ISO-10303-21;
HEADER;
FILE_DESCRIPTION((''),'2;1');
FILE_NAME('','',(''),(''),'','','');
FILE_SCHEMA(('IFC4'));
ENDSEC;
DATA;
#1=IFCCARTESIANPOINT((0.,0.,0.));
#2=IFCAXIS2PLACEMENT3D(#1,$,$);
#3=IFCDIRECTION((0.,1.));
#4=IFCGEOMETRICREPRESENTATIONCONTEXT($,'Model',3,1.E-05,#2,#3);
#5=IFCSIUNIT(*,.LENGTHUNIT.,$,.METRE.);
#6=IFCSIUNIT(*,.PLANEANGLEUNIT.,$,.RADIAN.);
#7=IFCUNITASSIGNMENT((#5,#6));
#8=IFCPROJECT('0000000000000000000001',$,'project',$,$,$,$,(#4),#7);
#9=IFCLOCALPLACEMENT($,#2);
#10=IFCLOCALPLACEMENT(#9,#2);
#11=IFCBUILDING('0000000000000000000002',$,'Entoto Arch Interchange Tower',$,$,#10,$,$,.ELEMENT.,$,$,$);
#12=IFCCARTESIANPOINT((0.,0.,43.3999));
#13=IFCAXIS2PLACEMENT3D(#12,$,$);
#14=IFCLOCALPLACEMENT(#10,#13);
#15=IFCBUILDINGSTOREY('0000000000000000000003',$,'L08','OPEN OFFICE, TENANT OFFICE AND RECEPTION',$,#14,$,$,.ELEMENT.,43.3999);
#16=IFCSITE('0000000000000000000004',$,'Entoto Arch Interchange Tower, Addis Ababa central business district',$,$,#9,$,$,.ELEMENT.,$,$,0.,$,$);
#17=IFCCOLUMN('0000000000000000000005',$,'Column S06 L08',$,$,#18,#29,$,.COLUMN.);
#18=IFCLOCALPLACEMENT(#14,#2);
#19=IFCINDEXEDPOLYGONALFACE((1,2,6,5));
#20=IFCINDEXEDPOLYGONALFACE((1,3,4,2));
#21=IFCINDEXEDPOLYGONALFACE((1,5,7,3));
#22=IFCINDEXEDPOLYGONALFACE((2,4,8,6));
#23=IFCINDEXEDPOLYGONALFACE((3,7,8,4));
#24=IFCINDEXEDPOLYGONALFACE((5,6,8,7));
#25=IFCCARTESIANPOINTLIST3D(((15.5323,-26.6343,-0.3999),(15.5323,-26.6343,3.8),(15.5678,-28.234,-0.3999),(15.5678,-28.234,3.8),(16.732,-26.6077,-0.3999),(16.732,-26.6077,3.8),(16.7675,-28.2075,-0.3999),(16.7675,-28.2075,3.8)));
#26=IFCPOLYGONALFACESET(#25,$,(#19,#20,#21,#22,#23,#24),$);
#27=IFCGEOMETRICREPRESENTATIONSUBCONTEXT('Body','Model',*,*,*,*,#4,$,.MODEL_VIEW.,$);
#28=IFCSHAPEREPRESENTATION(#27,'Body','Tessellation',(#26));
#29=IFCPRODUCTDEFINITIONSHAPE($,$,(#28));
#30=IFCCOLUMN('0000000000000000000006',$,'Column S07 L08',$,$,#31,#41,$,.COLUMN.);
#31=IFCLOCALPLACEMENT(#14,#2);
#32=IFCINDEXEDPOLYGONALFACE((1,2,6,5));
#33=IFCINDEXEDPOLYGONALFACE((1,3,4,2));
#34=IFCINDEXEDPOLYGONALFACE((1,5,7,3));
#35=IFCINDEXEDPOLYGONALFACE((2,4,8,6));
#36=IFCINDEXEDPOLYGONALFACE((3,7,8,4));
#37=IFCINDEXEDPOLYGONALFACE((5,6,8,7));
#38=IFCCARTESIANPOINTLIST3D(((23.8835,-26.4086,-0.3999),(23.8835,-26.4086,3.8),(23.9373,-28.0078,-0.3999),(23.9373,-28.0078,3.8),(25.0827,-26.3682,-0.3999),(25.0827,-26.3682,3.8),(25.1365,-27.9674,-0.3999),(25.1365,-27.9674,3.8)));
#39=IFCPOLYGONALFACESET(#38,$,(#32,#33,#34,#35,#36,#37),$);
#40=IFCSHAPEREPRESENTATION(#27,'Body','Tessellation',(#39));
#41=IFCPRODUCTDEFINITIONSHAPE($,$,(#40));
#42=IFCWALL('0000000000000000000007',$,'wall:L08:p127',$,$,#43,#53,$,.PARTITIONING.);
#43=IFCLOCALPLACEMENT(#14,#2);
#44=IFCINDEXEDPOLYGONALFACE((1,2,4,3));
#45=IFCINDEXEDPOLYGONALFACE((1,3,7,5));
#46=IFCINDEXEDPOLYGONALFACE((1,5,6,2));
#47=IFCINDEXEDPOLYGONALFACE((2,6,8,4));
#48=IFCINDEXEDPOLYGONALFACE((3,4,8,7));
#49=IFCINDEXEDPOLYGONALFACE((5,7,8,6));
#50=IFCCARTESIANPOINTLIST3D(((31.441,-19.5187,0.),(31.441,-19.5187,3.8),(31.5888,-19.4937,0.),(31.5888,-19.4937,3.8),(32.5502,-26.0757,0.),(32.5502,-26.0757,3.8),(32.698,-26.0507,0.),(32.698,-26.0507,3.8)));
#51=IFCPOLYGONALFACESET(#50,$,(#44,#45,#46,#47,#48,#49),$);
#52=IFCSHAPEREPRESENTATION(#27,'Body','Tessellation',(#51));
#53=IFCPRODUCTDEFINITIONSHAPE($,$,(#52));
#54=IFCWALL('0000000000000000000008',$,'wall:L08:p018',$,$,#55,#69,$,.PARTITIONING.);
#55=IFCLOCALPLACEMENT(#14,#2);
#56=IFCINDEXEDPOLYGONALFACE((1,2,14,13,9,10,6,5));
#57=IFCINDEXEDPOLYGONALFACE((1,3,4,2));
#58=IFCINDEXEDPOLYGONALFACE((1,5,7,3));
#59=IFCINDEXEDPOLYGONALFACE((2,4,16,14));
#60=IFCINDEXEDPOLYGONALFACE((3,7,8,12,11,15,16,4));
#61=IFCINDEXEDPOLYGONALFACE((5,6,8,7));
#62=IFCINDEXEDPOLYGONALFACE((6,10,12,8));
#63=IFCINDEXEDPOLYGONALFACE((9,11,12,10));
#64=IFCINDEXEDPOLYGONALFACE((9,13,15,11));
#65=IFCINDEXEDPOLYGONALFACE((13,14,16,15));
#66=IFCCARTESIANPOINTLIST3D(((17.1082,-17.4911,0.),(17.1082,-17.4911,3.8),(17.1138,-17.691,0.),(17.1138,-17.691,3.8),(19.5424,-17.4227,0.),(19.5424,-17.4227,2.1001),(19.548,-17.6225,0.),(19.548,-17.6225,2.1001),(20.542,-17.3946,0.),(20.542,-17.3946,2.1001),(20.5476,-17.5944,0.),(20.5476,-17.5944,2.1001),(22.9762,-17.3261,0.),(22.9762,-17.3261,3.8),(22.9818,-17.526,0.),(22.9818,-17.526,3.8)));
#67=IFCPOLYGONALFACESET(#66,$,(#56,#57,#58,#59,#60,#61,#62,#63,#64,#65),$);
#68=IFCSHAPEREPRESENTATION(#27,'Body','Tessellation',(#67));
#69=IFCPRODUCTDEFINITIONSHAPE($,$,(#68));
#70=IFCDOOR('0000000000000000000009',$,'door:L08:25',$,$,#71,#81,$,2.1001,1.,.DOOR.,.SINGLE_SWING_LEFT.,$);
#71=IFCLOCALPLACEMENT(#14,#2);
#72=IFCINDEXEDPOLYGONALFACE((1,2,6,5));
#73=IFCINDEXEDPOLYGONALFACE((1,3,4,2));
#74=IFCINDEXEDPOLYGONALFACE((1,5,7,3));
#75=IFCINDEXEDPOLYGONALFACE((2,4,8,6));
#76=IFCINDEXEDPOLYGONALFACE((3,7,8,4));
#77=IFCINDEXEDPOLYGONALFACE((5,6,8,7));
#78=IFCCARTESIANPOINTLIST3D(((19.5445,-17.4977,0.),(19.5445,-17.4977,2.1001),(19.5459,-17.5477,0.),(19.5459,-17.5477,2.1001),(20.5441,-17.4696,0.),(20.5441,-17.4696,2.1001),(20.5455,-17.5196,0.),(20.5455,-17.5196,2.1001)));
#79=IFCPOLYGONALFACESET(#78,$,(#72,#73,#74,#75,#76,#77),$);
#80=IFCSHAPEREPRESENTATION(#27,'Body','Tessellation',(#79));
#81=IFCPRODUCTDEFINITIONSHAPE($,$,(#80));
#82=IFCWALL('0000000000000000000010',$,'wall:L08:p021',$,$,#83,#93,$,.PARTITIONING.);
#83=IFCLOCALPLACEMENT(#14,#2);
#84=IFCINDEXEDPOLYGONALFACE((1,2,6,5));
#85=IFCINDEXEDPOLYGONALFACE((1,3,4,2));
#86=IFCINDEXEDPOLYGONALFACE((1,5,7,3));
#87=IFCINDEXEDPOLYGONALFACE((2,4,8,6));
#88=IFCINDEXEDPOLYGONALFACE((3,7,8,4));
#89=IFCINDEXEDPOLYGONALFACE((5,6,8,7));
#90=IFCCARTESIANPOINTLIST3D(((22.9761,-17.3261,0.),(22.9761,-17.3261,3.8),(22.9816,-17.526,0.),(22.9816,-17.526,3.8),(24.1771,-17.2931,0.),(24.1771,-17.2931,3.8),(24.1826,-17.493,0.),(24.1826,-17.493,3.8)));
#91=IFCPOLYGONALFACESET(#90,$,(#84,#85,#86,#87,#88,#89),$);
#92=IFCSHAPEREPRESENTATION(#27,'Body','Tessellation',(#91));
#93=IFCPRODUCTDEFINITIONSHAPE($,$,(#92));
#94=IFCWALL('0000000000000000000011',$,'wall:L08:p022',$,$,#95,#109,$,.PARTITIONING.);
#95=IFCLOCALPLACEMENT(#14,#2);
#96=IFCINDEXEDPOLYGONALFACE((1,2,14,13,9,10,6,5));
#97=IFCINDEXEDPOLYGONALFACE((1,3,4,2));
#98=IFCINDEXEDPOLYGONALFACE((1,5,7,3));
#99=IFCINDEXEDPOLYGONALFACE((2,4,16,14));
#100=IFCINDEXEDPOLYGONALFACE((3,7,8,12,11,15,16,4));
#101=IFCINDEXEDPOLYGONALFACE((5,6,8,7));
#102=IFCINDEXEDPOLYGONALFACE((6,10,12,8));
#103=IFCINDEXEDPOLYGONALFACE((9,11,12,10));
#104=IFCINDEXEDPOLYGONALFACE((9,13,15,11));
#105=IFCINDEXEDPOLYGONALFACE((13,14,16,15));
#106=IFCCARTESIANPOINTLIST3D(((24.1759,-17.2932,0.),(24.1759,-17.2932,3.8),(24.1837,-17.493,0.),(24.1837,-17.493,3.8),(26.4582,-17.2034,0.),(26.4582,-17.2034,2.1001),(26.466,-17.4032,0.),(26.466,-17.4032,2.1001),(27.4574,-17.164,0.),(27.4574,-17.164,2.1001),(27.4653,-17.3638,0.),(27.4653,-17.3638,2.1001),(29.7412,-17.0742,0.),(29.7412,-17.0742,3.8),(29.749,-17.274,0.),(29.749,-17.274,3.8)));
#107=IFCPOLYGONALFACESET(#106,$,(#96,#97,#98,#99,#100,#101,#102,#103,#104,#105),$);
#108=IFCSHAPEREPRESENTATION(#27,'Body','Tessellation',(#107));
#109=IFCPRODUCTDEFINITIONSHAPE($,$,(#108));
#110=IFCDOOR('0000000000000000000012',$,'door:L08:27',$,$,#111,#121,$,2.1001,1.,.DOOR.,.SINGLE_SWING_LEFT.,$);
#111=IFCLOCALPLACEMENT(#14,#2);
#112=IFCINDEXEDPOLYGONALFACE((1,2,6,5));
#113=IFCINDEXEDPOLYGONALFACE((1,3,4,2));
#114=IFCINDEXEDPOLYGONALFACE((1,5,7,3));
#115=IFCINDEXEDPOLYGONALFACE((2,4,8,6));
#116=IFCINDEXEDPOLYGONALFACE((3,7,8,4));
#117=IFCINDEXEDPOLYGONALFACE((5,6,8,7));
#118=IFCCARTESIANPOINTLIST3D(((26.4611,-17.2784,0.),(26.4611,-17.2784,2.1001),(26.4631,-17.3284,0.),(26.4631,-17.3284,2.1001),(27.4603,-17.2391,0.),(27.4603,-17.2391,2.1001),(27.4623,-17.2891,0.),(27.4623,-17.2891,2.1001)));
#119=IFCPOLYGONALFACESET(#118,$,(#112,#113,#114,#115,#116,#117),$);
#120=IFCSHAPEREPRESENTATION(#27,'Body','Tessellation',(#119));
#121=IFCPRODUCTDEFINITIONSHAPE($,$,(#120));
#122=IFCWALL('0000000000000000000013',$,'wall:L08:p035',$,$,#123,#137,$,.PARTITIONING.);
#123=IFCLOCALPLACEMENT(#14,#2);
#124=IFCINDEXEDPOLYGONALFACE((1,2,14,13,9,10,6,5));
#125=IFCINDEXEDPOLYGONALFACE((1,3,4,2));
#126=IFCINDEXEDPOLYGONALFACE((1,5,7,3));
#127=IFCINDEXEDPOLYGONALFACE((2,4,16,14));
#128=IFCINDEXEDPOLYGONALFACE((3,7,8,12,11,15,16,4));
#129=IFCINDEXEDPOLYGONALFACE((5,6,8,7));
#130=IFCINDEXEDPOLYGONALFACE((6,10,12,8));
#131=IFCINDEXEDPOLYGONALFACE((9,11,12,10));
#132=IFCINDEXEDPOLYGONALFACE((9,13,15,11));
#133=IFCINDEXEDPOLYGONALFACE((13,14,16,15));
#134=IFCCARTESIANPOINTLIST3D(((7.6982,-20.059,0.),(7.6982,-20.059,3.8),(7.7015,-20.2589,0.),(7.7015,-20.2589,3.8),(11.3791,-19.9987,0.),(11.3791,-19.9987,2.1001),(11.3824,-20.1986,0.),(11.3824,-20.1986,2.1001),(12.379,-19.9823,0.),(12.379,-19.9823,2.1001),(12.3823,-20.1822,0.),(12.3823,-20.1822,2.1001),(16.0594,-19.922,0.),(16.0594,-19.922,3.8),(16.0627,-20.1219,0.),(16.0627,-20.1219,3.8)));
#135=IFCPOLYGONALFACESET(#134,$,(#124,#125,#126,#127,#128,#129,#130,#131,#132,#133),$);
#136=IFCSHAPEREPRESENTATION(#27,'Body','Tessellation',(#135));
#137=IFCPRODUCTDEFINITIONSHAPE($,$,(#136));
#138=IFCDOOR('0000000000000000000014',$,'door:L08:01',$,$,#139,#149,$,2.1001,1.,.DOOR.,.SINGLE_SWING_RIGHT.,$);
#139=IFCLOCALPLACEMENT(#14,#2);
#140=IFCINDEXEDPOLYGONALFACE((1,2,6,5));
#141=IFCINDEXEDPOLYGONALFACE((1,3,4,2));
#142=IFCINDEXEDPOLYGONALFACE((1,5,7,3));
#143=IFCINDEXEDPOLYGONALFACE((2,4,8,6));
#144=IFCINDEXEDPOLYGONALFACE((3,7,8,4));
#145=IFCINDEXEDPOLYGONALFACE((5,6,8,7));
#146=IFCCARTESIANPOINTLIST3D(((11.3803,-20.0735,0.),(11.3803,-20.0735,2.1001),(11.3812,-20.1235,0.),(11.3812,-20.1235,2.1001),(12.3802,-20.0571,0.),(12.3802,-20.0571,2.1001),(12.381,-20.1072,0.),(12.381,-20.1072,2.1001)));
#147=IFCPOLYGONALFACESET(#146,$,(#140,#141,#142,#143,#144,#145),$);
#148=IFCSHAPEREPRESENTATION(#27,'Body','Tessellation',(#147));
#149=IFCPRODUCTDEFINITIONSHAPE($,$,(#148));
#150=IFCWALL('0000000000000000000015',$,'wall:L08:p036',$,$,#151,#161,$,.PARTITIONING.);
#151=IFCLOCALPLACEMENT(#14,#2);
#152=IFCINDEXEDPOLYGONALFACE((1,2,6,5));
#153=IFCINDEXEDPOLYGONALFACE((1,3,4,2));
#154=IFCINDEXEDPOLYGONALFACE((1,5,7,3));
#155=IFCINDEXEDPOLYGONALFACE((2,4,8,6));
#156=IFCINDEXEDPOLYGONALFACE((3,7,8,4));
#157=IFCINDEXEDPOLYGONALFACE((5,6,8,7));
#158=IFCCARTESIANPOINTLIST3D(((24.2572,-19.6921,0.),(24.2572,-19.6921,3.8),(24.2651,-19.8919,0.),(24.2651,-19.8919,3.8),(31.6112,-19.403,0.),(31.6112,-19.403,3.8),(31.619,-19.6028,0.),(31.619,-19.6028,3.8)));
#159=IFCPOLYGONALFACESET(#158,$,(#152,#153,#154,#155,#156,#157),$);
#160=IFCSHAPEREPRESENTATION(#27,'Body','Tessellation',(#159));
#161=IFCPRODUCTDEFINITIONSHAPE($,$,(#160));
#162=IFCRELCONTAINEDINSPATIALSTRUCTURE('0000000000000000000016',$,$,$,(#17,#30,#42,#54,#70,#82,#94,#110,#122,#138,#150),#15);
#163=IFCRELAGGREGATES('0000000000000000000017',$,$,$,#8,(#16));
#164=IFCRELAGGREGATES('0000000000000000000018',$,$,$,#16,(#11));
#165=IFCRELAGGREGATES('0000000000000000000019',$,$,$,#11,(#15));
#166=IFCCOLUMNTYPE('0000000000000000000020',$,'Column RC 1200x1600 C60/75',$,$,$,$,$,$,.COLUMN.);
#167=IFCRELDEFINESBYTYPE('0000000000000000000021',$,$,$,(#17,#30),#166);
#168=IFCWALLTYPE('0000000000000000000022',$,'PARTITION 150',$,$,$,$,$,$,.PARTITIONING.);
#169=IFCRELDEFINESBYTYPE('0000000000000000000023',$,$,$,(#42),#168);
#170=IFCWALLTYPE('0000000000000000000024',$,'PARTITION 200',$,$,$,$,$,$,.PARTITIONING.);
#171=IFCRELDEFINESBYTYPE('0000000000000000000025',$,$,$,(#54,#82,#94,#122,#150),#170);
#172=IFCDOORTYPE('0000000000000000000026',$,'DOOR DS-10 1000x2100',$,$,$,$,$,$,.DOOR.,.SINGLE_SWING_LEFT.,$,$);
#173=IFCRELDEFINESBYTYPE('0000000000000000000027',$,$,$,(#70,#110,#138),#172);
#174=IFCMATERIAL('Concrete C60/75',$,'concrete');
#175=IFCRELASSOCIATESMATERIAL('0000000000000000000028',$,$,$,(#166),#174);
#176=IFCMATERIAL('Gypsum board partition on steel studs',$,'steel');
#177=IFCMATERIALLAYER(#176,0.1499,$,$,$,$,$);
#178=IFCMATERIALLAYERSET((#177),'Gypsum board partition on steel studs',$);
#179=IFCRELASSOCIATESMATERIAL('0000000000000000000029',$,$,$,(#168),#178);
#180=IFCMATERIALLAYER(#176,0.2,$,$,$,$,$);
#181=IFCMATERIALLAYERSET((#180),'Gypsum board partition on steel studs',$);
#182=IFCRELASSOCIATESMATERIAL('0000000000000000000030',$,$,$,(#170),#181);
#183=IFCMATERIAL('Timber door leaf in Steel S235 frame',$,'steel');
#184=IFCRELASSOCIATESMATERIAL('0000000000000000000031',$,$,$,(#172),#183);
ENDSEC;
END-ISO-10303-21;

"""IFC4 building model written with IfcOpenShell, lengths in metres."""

from ifc_helpers import new_model, si_unit, direction, frame, frame_2d, origin, origin_2d, place, context, subcontext, project, spatial, rectangle, extrude, material, layer, layer_set, material_profile, profile_set, type_object, element, fill, save


model = new_model("IFC4")

# Units and contexts
model_context = context("Model", 3, precision=1e-05, world=origin(), true_north=direction((0.0, 1.0)))
body_context = subcontext(model_context, "Body", "Model", "MODEL_VIEW")
ifc_project = project(units=[si_unit("LENGTHUNIT", "METRE"), si_unit("PLANEANGLEUNIT", "RADIAN")], contexts=[model_context])

# Site, building, storey
site_placement = place(None, origin())
site = spatial("IfcSite", under=ifc_project, at=site_placement, Name="Entoto Arch Interchange Tower, Addis Ababa central business district", CompositionType="ELEMENT", RefElevation=0.0)
building_placement = place(site_placement, origin())
building = spatial("IfcBuilding", under=site, at=building_placement, Name="Entoto Arch Interchange Tower", CompositionType="ELEMENT")
storey_placement = place(building_placement, frame((0.0, 0.0, 43.3999)))
storey = spatial("IfcBuildingStorey", under=building, at=storey_placement, Name="L08", Description="OPEN OFFICE, TENANT OFFICE AND RECEPTION", CompositionType="ELEMENT", Elevation=43.3999)

# Columns
ifc_material_1 = material(Name="Concrete C60/75", Category="concrete")
ifc_material_profile = material_profile(ifc_material_1, rectangle(XDim=1.2, YDim=1.6001, at=origin_2d()))
ifc_profile_set = profile_set([ifc_material_profile], Name="Concrete C60/75")
column_type = type_object("IfcColumnType", Name="Column RC 1200x1600 C60/75", PredefinedType="COLUMN", material=ifc_profile_set)
for number, where, z_axis, x_axis, name in (
    (1, (16.1499, -27.4209, -0.3999), (0.0, 0.0, 1.0), (0.999754, 0.022164, 0.0), "Column S06 L08"),
    (2, (24.51, -27.188, -0.3999), (0.0, 0.0, 1.0), (0.999434, 0.033626, 0.0), "Column S07 L08"),
):
    element("IfcColumn", number, at=place(storey_placement, frame(where, z_axis=z_axis, x_axis=x_axis)), inside=storey, type_object=column_type, Name=name, PredefinedType="COLUMN", context=body_context, shape_type="SweptSolid", body=[
        extrude(rectangle(XDim=1.2, YDim=1.6001, at=origin_2d()), origin(), (0.0, 0.0, 1.0), 4.2),
    ])

# Wall
ifc_material_2 = material(Name="Gypsum board partition on steel studs", Category="steel")
ifc_layer_1 = layer(ifc_material_2, 0.1499)
ifc_layer_set_1 = layer_set([ifc_layer_1], Name="Gypsum board partition on steel studs")
wall_type_1 = type_object("IfcWallType", Name="PARTITION 150", PredefinedType="PARTITIONING", material=ifc_layer_set_1)
wall_1_placement = place(storey_placement, frame((31.5149, -19.5061, 0.0), z_axis=(0.0, 0.0, 1.0), x_axis=(0.166786, -0.985993, 0.0)))
element("IfcWall", 3, at=wall_1_placement, inside=storey, type_object=wall_type_1, Name="wall:L08:p127", PredefinedType="PARTITIONING", context=body_context, shape_type="SweptSolid", body=[
    extrude(rectangle(XDim=6.6501, YDim=0.1499, at=frame_2d((3.3252, 0.0))), origin(), (0.0, 0.0, 1.0), 3.8),
])

# Wall, opening, door
ifc_layer_2 = layer(ifc_material_2, 0.2)
ifc_layer_set_2 = layer_set([ifc_layer_2], Name="Gypsum board partition on steel studs")
wall_type_2 = type_object("IfcWallType", Name="PARTITION 200", PredefinedType="PARTITIONING", material=ifc_layer_set_2)
wall_2_placement = place(storey_placement, frame((17.1111, -17.5911, 0.0), z_axis=(0.0, 0.0, 1.0), x_axis=(0.999605, 0.028115, 0.0)))
wall_2 = element("IfcWall", 4, at=wall_2_placement, inside=storey, type_object=wall_type_2, Name="wall:L08:p018", PredefinedType="PARTITIONING", context=body_context, shape_type="SweptSolid", body=[
    extrude(rectangle(XDim=5.8704, YDim=0.2, at=frame_2d((2.9351, 0.0))), origin(), (0.0, 0.0, 1.0), 3.8),
])
opening_1_placement = place(wall_2_placement, frame((2.4351, 0.0, 0.0)))
opening_1 = element("IfcOpeningElement", 5, at=opening_1_placement, cuts=wall_2, PredefinedType="OPENING", context=body_context, shape_type="SweptSolid", body=[
    extrude(rectangle(XDim=1.0, YDim=2.1001, at=frame_2d((0.5, 1.05))), frame((0.0, 0.1099, 0.0), z_axis=(0.0, -1.0, 0.0), x_axis=(1.0, 0.0, 0.0)), (0.0, 0.0, 1.0), 0.22),
])
ifc_material_3 = material(Name="Timber door leaf in Steel S235 frame", Category="steel")
door_type = type_object("IfcDoorType", Name="DOOR DS-10 1000x2100", OperationType="SINGLE_SWING_LEFT", PredefinedType="DOOR", material=ifc_material_3)
door_1_placement = place(opening_1_placement, origin())
door_1 = element("IfcDoor", 6, at=door_1_placement, inside=storey, type_object=door_type, Name="door:L08:25", OperationType="SINGLE_SWING_LEFT", OverallHeight=2.1001, OverallWidth=1.0, PredefinedType="DOOR", context=body_context, shape_type="SweptSolid", body=[
    extrude(rectangle(XDim=1.0, YDim=2.1001, at=frame_2d((0.5, 1.05))), frame((0.0, 0.0249, 0.0), z_axis=(0.0, -1.0, 0.0), x_axis=(1.0, 0.0, 0.0)), (0.0, 0.0, 1.0), 0.05),
])
fill(opening_1, door_1)

# Wall
wall_3_placement = place(storey_placement, frame((22.979, -17.426, 0.0), z_axis=(0.0, 0.0, 1.0), x_axis=(0.999624, 0.027434, 0.0)))
element("IfcWall", 7, at=wall_3_placement, inside=storey, type_object=wall_type_2, Name="wall:L08:p021", PredefinedType="PARTITIONING", context=body_context, shape_type="SweptSolid", body=[
    extrude(rectangle(XDim=1.2014, YDim=0.2, at=frame_2d((0.6006, 0.0))), origin(), (0.0, 0.0, 1.0), 3.8),
])

# Walls, openings, doors
wall_4_placement = place(storey_placement, frame((24.1799, -17.3931, 0.0), z_axis=(0.0, 0.0, 1.0), x_axis=(0.999227, 0.03932, 0.0)))
wall_4 = element("IfcWall", 8, at=wall_4_placement, inside=storey, type_object=wall_type_2, Name="wall:L08:p022", PredefinedType="PARTITIONING", context=body_context, shape_type="SweptSolid", body=[
    extrude(rectangle(XDim=5.5696, YDim=0.2, at=frame_2d((2.7847, 0.0))), origin(), (0.0, 0.0, 1.0), 3.8),
])
opening_2_placement = place(wall_4_placement, frame((2.2839, 0.0, 0.0)))
opening_2 = element("IfcOpeningElement", 9, at=opening_2_placement, cuts=wall_4, PredefinedType="OPENING", context=body_context, shape_type="SweptSolid", body=[
    extrude(rectangle(XDim=1.0, YDim=2.1001, at=frame_2d((0.5, 1.05))), frame((0.0, 0.1099, 0.0), z_axis=(0.0, -1.0, 0.0), x_axis=(1.0, 0.0, 0.0)), (0.0, 0.0, 1.0), 0.22),
])
door_2_placement = place(opening_2_placement, origin())
door_2 = element("IfcDoor", 10, at=door_2_placement, inside=storey, type_object=door_type, Name="door:L08:27", OperationType="SINGLE_SWING_LEFT", OverallHeight=2.1001, OverallWidth=1.0, PredefinedType="DOOR", context=body_context, shape_type="SweptSolid", body=[
    extrude(rectangle(XDim=1.0, YDim=2.1001, at=frame_2d((0.5, 1.05))), frame((0.0, 0.0249, 0.0), z_axis=(0.0, -1.0, 0.0), x_axis=(1.0, 0.0, 0.0)), (0.0, 0.0, 1.0), 0.05),
])
fill(opening_2, door_2)
wall_5_placement = place(storey_placement, frame((16.061, -20.022, 0.0), z_axis=(0.0, 0.0, 1.0), x_axis=(-0.999866, -0.016379, 0.0)))
wall_5 = element("IfcWall", 11, at=wall_5_placement, inside=storey, type_object=wall_type_2, Name="wall:L08:p035", PredefinedType="PARTITIONING", context=body_context, shape_type="SweptSolid", body=[
    extrude(rectangle(XDim=8.3623, YDim=0.2, at=frame_2d((4.1812, 0.0))), origin(), (0.0, 0.0, 1.0), 3.8),
])
opening_3_placement = place(wall_5_placement, frame((3.6809, 0.0, 0.0)))
opening_3 = element("IfcOpeningElement", 12, at=opening_3_placement, cuts=wall_5, PredefinedType="OPENING", context=body_context, shape_type="SweptSolid", body=[
    extrude(rectangle(XDim=1.0, YDim=2.1001, at=frame_2d((0.5, 1.05))), frame((0.0, 0.1099, 0.0), z_axis=(0.0, -1.0, 0.0), x_axis=(1.0, 0.0, 0.0)), (0.0, 0.0, 1.0), 0.22),
])
door_3_placement = place(opening_3_placement, origin())
door_3 = element("IfcDoor", 13, at=door_3_placement, inside=storey, type_object=door_type, Name="door:L08:01", OperationType="SINGLE_SWING_RIGHT", OverallHeight=2.1001, OverallWidth=1.0, PredefinedType="DOOR", context=body_context, shape_type="SweptSolid", body=[
    extrude(rectangle(XDim=1.0, YDim=2.1001, at=frame_2d((0.5, 1.05))), frame((0.0, 0.0249, 0.0), z_axis=(0.0, -1.0, 0.0), x_axis=(1.0, 0.0, 0.0)), (0.0, 0.0, 1.0), 0.05),
])
fill(opening_3, door_3)

# Wall
wall_6_placement = place(storey_placement, frame((31.615, -19.5029, 0.0), z_axis=(0.0, 0.0, 1.0), x_axis=(-0.999228, -0.039276, 0.0)))
element("IfcWall", 14, at=wall_6_placement, inside=storey, type_object=wall_type_2, Name="wall:L08:p036", PredefinedType="PARTITIONING", context=body_context, shape_type="SweptSolid", body=[
    extrude(rectangle(XDim=7.3596, YDim=0.2, at=frame_2d((3.6797, 0.0))), origin(), (0.0, 0.0, 1.0), 3.8),
])

save(model, "model.ifc")
